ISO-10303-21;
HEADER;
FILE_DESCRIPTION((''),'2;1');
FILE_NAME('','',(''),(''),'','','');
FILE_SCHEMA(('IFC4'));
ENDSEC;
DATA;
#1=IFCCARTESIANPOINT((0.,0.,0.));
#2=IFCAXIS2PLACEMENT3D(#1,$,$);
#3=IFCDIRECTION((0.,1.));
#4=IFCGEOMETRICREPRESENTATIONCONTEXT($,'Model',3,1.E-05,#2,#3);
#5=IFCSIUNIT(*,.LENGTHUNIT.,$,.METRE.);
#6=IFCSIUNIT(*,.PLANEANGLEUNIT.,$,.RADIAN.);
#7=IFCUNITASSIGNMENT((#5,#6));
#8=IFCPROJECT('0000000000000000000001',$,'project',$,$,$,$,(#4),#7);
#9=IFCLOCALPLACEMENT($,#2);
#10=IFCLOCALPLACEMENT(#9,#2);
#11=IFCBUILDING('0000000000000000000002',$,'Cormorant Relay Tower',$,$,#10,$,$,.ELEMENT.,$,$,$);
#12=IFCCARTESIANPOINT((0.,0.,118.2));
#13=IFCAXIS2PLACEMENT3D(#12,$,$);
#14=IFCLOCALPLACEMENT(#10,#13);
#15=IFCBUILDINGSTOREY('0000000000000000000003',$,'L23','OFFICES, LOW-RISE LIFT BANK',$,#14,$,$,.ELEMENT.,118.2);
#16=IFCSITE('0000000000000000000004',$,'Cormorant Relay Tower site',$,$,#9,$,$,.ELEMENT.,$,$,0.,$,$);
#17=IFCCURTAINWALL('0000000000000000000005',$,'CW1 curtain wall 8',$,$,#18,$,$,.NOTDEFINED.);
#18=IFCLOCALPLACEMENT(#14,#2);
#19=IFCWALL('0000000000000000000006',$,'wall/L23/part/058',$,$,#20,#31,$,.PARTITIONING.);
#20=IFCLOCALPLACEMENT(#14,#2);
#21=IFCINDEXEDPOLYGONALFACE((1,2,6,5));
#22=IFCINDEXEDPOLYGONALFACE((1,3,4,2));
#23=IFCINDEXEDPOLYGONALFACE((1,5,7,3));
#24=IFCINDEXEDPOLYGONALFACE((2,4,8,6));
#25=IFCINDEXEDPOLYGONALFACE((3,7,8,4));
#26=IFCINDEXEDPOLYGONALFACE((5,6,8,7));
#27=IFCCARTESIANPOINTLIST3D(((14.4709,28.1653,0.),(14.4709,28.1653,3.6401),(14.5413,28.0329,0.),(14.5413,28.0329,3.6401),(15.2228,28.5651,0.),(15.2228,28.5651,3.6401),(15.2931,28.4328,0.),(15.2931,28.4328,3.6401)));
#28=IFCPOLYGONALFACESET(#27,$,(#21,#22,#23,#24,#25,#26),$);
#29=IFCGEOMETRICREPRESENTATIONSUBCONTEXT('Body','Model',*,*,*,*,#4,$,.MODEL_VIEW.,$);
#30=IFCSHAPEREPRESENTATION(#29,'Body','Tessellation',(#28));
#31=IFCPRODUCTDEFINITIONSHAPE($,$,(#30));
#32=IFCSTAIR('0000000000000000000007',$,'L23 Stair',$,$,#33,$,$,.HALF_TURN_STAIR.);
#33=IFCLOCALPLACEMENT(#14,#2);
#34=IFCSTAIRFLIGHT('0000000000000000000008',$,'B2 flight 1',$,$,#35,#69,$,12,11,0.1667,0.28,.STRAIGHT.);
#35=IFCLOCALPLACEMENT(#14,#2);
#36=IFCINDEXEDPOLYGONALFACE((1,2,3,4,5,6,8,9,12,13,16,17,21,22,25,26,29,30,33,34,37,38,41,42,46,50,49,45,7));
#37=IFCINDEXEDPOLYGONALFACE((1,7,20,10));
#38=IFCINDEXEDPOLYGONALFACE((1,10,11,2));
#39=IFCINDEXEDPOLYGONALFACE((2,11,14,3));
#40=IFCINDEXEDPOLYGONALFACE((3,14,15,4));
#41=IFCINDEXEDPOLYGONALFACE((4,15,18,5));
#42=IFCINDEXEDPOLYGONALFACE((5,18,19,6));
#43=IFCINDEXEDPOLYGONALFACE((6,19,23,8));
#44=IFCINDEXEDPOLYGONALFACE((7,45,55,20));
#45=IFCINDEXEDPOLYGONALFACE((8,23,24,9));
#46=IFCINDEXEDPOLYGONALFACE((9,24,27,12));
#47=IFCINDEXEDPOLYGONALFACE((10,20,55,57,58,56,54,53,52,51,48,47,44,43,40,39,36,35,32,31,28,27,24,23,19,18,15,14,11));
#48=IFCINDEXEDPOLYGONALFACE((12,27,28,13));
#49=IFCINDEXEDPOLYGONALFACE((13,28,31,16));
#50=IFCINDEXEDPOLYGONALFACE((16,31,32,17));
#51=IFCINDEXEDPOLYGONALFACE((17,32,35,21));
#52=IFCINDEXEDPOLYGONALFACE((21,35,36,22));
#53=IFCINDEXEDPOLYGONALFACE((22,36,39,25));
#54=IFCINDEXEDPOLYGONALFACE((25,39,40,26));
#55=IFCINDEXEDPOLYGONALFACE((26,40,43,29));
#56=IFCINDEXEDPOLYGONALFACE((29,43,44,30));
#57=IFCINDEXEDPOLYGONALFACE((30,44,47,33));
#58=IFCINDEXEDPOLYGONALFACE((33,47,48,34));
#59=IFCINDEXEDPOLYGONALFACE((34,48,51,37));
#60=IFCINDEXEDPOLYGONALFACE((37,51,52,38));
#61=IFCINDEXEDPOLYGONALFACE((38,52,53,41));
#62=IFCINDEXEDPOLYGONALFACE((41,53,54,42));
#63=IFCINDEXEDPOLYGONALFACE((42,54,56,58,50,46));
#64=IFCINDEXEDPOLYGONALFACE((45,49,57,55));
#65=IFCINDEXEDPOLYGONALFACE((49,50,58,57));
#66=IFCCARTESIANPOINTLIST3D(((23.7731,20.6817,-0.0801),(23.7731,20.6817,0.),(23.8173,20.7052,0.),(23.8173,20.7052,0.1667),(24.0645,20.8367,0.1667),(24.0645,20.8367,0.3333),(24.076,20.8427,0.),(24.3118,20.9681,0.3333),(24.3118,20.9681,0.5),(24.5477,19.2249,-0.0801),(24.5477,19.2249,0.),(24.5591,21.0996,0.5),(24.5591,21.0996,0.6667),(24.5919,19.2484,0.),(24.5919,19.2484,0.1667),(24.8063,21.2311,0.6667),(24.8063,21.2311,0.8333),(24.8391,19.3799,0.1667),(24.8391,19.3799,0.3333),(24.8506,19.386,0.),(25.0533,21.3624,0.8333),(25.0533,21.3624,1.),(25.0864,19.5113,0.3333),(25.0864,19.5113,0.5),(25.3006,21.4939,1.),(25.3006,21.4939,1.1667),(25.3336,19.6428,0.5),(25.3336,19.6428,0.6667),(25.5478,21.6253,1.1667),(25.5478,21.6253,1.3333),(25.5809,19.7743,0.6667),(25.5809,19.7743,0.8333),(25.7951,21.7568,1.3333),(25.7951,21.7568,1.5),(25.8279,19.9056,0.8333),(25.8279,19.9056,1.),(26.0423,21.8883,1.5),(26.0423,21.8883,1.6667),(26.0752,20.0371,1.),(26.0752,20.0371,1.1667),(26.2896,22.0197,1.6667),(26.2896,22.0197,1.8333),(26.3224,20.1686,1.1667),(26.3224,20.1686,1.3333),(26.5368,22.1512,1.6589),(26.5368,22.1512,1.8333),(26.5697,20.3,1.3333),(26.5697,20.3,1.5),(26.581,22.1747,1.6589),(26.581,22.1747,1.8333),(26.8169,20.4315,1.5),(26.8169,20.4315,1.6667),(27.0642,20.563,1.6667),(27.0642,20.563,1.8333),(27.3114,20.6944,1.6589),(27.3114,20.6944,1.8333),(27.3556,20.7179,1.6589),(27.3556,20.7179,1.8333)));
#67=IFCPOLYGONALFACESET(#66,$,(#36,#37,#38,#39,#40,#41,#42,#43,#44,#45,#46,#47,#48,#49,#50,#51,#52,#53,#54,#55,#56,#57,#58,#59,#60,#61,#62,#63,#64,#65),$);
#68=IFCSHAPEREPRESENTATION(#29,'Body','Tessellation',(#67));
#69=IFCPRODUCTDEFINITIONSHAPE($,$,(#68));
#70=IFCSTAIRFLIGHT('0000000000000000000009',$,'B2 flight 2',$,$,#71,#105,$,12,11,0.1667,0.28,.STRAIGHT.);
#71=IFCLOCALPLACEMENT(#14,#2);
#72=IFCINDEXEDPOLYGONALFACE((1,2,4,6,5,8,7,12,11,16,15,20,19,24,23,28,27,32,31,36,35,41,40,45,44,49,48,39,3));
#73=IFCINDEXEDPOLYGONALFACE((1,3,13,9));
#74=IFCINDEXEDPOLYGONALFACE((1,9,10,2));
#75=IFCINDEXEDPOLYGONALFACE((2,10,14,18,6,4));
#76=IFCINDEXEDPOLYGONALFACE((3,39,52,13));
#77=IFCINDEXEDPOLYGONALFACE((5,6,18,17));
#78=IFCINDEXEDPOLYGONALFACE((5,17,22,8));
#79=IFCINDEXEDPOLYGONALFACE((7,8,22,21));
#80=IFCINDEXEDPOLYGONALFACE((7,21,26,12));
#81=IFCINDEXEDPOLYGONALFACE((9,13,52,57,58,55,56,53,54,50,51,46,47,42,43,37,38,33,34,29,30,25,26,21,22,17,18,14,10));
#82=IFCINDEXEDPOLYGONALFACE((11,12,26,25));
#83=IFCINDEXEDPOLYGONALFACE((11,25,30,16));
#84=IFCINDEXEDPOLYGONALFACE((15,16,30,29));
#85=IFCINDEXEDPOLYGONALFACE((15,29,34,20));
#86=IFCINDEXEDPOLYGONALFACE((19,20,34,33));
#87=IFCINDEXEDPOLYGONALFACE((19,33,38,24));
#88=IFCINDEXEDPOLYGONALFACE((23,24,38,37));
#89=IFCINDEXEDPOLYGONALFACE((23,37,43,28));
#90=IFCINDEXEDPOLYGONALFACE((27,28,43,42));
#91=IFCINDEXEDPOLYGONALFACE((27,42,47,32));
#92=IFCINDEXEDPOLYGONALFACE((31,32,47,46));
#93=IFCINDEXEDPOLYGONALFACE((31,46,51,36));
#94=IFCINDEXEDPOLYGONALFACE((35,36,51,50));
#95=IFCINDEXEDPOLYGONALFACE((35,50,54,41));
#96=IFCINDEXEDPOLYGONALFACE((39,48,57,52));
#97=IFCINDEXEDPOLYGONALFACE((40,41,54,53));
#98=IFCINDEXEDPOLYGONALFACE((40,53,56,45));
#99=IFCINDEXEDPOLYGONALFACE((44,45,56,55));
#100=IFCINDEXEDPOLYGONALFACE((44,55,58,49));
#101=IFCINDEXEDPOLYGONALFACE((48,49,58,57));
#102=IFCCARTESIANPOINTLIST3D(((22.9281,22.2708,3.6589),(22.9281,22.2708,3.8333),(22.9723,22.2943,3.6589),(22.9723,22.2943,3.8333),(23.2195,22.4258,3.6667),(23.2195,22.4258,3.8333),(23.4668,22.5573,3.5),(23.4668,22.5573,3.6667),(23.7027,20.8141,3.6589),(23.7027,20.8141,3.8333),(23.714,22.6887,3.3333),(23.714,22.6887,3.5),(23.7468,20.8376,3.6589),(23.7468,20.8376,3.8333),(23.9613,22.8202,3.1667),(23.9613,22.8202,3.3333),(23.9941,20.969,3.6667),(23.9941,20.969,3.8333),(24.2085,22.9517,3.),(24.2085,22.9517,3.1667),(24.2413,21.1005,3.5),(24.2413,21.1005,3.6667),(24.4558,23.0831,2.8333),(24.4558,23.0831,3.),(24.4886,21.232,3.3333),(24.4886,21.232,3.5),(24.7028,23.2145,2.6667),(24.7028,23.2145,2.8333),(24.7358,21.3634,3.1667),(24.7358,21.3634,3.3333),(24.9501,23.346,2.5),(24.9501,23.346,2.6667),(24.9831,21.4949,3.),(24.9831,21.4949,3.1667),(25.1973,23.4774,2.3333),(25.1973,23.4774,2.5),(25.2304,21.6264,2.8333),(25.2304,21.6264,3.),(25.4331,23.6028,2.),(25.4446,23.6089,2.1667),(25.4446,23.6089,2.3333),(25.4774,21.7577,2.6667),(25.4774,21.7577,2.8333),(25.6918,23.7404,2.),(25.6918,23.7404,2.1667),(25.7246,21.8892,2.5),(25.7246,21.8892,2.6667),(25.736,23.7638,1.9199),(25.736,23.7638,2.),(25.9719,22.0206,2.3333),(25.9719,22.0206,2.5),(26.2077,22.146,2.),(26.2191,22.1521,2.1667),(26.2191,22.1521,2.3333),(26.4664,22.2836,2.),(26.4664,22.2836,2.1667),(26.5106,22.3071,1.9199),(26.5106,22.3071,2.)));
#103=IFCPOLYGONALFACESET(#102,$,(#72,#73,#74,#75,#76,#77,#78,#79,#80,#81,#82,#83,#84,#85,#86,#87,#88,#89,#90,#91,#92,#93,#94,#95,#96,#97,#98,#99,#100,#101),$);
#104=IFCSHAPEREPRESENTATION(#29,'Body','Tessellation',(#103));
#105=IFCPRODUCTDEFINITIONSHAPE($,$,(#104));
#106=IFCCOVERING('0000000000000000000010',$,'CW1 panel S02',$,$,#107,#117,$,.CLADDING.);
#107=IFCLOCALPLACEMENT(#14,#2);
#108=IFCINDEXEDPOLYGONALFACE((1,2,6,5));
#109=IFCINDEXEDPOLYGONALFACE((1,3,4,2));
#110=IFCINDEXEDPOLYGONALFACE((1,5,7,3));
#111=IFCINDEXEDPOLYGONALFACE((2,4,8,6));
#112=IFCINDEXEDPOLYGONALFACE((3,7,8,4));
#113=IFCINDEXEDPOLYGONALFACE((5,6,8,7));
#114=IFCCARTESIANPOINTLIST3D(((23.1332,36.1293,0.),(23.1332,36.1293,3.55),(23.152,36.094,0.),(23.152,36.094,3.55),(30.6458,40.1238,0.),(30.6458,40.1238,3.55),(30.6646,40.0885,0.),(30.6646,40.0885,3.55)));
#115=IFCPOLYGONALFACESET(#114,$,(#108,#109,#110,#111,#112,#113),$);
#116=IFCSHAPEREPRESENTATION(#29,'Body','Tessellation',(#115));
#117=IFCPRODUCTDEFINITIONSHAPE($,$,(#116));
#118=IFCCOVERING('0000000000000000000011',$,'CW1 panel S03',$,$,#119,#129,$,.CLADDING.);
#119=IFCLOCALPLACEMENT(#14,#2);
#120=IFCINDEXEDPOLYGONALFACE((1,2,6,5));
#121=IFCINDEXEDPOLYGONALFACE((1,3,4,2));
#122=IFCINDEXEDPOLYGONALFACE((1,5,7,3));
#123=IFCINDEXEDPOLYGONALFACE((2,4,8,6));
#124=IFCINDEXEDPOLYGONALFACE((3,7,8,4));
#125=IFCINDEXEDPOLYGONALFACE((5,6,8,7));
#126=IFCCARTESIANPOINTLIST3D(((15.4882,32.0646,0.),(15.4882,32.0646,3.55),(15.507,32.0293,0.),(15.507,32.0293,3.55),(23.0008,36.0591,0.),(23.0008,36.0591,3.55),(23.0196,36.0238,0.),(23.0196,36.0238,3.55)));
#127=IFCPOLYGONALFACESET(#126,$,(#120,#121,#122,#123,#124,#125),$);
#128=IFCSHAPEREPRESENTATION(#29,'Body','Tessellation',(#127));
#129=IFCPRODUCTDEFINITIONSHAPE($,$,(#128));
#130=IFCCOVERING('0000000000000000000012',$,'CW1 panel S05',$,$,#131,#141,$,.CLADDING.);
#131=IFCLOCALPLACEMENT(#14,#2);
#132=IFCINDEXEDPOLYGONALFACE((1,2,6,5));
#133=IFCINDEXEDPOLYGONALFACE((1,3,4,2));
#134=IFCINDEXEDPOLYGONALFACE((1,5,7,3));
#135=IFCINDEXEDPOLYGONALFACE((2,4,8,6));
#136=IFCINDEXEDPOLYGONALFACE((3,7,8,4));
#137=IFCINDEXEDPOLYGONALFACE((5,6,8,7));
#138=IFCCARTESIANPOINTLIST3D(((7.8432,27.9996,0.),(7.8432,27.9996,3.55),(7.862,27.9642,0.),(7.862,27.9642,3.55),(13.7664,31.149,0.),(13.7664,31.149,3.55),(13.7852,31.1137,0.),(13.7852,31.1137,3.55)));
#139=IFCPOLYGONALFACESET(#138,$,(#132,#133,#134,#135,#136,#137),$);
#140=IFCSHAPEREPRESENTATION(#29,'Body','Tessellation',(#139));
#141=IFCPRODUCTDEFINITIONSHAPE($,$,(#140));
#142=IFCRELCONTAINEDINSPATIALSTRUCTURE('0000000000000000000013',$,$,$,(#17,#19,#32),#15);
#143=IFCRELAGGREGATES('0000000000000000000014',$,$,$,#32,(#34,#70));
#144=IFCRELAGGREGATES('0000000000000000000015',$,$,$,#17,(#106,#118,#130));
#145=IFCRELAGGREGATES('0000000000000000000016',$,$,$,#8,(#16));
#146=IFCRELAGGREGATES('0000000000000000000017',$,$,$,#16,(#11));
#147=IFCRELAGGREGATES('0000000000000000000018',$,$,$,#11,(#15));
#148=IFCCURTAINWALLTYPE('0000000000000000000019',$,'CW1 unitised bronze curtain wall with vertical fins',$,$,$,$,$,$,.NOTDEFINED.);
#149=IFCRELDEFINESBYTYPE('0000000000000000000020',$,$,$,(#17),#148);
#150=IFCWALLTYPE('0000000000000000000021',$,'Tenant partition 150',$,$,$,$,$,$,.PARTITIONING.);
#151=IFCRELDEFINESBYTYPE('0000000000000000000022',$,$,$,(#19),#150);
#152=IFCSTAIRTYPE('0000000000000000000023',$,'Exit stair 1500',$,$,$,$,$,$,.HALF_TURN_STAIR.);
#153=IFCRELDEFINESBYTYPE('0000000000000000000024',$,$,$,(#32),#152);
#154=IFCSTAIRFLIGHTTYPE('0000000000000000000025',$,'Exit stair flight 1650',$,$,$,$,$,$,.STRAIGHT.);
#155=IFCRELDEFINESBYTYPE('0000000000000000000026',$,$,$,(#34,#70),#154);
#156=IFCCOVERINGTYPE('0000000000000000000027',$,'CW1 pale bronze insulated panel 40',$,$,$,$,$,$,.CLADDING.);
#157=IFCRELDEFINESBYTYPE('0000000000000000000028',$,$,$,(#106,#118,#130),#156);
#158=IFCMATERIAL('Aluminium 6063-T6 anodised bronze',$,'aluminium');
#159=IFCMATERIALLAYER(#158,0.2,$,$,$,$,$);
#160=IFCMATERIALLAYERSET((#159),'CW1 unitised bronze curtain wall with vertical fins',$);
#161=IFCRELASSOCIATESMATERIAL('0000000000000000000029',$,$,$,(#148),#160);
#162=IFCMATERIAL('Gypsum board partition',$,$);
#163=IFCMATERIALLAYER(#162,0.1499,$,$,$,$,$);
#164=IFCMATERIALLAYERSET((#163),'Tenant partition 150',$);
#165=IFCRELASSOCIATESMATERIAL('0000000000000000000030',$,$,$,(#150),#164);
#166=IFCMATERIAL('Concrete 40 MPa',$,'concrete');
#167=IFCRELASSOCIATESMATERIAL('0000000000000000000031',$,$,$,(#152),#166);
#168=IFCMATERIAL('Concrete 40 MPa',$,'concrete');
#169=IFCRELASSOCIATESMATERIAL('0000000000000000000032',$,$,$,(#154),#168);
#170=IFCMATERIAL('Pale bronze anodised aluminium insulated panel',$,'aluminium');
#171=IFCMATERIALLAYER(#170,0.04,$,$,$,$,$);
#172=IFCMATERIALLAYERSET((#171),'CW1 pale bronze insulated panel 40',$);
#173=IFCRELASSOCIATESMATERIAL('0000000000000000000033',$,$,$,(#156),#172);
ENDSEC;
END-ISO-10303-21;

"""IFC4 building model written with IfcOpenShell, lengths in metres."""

from ifc_helpers import new_model, si_unit, direction, frame, frame_2d, origin, origin_2d, place, context, subcontext, project, spatial, polyline, rectangle, outline, extrude, material, layer, layer_set, type_object, element, aggregate, save


model = new_model("IFC4")

# Units and contexts
model_context = context("Model", 3, precision=1e-05, world=origin(), true_north=direction((0.0, 1.0)))
body_context = subcontext(model_context, "Body", "Model", "MODEL_VIEW")
ifc_project = project(units=[si_unit("LENGTHUNIT", "METRE"), si_unit("PLANEANGLEUNIT", "RADIAN")], contexts=[model_context])

# Site, building, storey
site_placement = place(None, origin())
site = spatial("IfcSite", under=ifc_project, at=site_placement, Name="Cormorant Relay Tower site", CompositionType="ELEMENT", RefElevation=0.0)
building_placement = place(site_placement, origin())
building = spatial("IfcBuilding", under=site, at=building_placement, Name="Cormorant Relay Tower", CompositionType="ELEMENT")
storey_placement = place(building_placement, frame((0.0, 0.0, 118.2)))
storey = spatial("IfcBuildingStorey", under=building, at=storey_placement, Name="L23", Description="OFFICES, LOW-RISE LIFT BANK", CompositionType="ELEMENT", Elevation=118.2)

# Curtain wall
ifc_material_1 = material(Name="Aluminium 6063-T6 anodised bronze", Category="aluminium")
ifc_layer_1 = layer(ifc_material_1, 0.2)
ifc_layer_set_1 = layer_set([ifc_layer_1], Name="CW1 unitised bronze curtain wall with vertical fins")
curtain_wall_type = type_object("IfcCurtainWallType", Name="CW1 unitised bronze curtain wall with vertical fins", PredefinedType="NOTDEFINED", material=ifc_layer_set_1)
curtain_wall_placement = place(storey_placement, origin())
curtain_wall = element("IfcCurtainWall", 1, at=curtain_wall_placement, inside=storey, type_object=curtain_wall_type, Name="CW1 curtain wall 8", PredefinedType="NOTDEFINED")

# Wall
ifc_material_2 = material(Name="Gypsum board partition")
ifc_layer_2 = layer(ifc_material_2, 0.1499)
ifc_layer_set_2 = layer_set([ifc_layer_2], Name="Tenant partition 150")
wall_type_1 = type_object("IfcWallType", Name="Tenant partition 150", PredefinedType="PARTITIONING", material=ifc_layer_set_2)
wall_1_placement = place(storey_placement, frame((14.5061, 28.0991, 0.0), z_axis=(0.0, 0.0, 1.0), x_axis=(0.882908, 0.469546, 0.0)))
element("IfcWall", 2, at=wall_1_placement, inside=storey, type_object=wall_type_1, Name="wall/L23/part/058", PredefinedType="PARTITIONING", context=body_context, shape_type="SweptSolid", body=[
    extrude(rectangle(XDim=0.8516, YDim=0.1499, at=frame_2d((0.4258, 0.0))), origin(), (0.0, 0.0, 1.0), 3.6401),
])

# Stair, stair flights
ifc_material_3 = material(Name="Concrete 40 MPa", Category="concrete")
stair_type = type_object("IfcStairType", Name="Exit stair 1500", PredefinedType="HALF_TURN_STAIR", material=ifc_material_3)
stair_placement = place(storey_placement, origin())
stair = element("IfcStair", 3, at=stair_placement, inside=storey, type_object=stair_type, Name="L23 Stair", PredefinedType="HALF_TURN_STAIR")
ifc_material_4 = material(Name="Concrete 40 MPa", Category="concrete")
stair_flight_type = type_object("IfcStairFlightType", Name="Exit stair flight 1650", PredefinedType="STRAIGHT", material=ifc_material_4)
stair_flight_1_placement = place(storey_placement, frame((24.2046, 19.9768, 0.0), z_axis=(0.0, 0.0, 1.0), x_axis=(0.882948, 0.469472, 0.0)))
stair_flight_1 = element("IfcStairFlight", 4, at=stair_flight_1_placement, type_object=stair_flight_type, Name="B2 flight 1", NumberOfRisers=12, NumberOfTreads=11, PredefinedType="STRAIGHT", RiserHeight=0.1667, TreadLength=0.28, context=body_context, shape_type="SweptSolid", body=[
    extrude(outline(polyline([(-0.05, -0.0801), (-0.05, 0.0), (0.0, 0.0), (0.0, 0.1667), (0.28, 0.1667), (0.28, 0.3333), (0.5601, 0.3333), (0.5601, 0.5), (0.8401, 0.5), (0.8401, 0.6667), (1.1201, 0.6667), (1.1201, 0.8333), (1.3999, 0.8333), (1.3999, 1.0), (1.6799, 1.0), (1.6799, 1.1667), (1.96, 1.1667), (1.96, 1.3333), (2.24, 1.3333), (2.24, 1.5), (2.52, 1.5), (2.52, 1.6667), (2.8, 1.6667), (2.8, 1.8333), (3.0801, 1.8333), (3.1301, 1.8333), (3.1301, 1.6589), (3.0801, 1.6589), (0.293, 0.0), (-0.05, -0.0801)])), frame((0.0, 0.825, 0.0), z_axis=(0.0, -1.0, 0.0), x_axis=(1.0, 0.0, 0.0)), (0.0, 0.0, 1.0), 1.6499),
])
stair_flight_2_placement = place(storey_placement, frame((26.0791, 23.012, 2.0), z_axis=(0.0, 0.0, 1.0), x_axis=(-0.882948, -0.469472, 0.0)))
stair_flight_2 = element("IfcStairFlight", 5, at=stair_flight_2_placement, type_object=stair_flight_type, Name="B2 flight 2", NumberOfRisers=12, NumberOfTreads=11, PredefinedType="STRAIGHT", RiserHeight=0.1667, TreadLength=0.28, context=body_context, shape_type="SweptSolid", body=[
    extrude(outline(polyline([(-0.05, -0.0801), (-0.05, 0.0), (0.0, 0.0), (0.0, 0.1667), (0.28, 0.1667), (0.28, 0.3333), (0.5601, 0.3333), (0.5601, 0.5), (0.8401, 0.5), (0.8401, 0.6667), (1.1201, 0.6667), (1.1201, 0.8333), (1.3999, 0.8333), (1.3999, 1.0), (1.6799, 1.0), (1.6799, 1.1667), (1.96, 1.1667), (1.96, 1.3333), (2.24, 1.3333), (2.24, 1.5), (2.52, 1.5), (2.52, 1.6667), (2.8, 1.6667), (2.8, 1.8333), (3.0801, 1.8333), (3.1301, 1.8333), (3.1301, 1.6589), (3.0801, 1.6589), (0.293, 0.0), (-0.05, -0.0801)])), frame((0.0, 0.825, 0.0), z_axis=(0.0, -1.0, 0.0), x_axis=(1.0, 0.0, 0.0)), (0.0, 0.0, 1.0), 1.6499),
])
aggregate(stair, [stair_flight_1, stair_flight_2])

# Coverings
ifc_material_5 = material(Name="Pale bronze anodised aluminium insulated panel", Category="aluminium")
ifc_layer_3 = layer(ifc_material_5, 0.04)
ifc_layer_set_3 = layer_set([ifc_layer_3], Name="CW1 pale bronze insulated panel 40")
covering_type = type_object("IfcCoveringType", Name="CW1 pale bronze insulated panel 40", PredefinedType="CLADDING", material=ifc_layer_set_3)
covering_1_placement = place(storey_placement, frame((26.8989, 38.1089, 0.0), z_axis=(0.0, 0.0, 1.0), x_axis=(-0.882948, -0.469472, 0.0)))
covering_1 = element("IfcCovering", 6, at=covering_1_placement, type_object=covering_type, Name="CW1 panel S02", PredefinedType="CLADDING", context=body_context, shape_type="SweptSolid", body=[
    extrude(rectangle(XDim=8.5085, YDim=0.04, at=origin_2d()), origin(), (0.0, 0.0, 1.0), 3.55),
])
covering_2_placement = place(storey_placement, frame((19.2539, 34.0442, 0.0), z_axis=(0.0, 0.0, 1.0), x_axis=(-0.882948, -0.469472, 0.0)))
covering_2 = element("IfcCovering", 7, at=covering_2_placement, type_object=covering_type, Name="CW1 panel S03", PredefinedType="CLADDING", context=body_context, shape_type="SweptSolid", body=[
    extrude(rectangle(XDim=8.5085, YDim=0.04, at=origin_2d()), origin(), (0.0, 0.0, 1.0), 3.55),
])
covering_3_placement = place(storey_placement, frame((10.8142, 29.5566, 0.0), z_axis=(0.0, 0.0, 1.0), x_axis=(-0.882948, -0.469472, 0.0)))
covering_3 = element("IfcCovering", 8, at=covering_3_placement, type_object=covering_type, Name="CW1 panel S05", PredefinedType="CLADDING", context=body_context, shape_type="SweptSolid", body=[
    extrude(rectangle(XDim=6.7085, YDim=0.04, at=origin_2d()), origin(), (0.0, 0.0, 1.0), 3.55),
])
aggregate(curtain_wall, [covering_1, covering_2, covering_3])

save(model, "model.ifc")
